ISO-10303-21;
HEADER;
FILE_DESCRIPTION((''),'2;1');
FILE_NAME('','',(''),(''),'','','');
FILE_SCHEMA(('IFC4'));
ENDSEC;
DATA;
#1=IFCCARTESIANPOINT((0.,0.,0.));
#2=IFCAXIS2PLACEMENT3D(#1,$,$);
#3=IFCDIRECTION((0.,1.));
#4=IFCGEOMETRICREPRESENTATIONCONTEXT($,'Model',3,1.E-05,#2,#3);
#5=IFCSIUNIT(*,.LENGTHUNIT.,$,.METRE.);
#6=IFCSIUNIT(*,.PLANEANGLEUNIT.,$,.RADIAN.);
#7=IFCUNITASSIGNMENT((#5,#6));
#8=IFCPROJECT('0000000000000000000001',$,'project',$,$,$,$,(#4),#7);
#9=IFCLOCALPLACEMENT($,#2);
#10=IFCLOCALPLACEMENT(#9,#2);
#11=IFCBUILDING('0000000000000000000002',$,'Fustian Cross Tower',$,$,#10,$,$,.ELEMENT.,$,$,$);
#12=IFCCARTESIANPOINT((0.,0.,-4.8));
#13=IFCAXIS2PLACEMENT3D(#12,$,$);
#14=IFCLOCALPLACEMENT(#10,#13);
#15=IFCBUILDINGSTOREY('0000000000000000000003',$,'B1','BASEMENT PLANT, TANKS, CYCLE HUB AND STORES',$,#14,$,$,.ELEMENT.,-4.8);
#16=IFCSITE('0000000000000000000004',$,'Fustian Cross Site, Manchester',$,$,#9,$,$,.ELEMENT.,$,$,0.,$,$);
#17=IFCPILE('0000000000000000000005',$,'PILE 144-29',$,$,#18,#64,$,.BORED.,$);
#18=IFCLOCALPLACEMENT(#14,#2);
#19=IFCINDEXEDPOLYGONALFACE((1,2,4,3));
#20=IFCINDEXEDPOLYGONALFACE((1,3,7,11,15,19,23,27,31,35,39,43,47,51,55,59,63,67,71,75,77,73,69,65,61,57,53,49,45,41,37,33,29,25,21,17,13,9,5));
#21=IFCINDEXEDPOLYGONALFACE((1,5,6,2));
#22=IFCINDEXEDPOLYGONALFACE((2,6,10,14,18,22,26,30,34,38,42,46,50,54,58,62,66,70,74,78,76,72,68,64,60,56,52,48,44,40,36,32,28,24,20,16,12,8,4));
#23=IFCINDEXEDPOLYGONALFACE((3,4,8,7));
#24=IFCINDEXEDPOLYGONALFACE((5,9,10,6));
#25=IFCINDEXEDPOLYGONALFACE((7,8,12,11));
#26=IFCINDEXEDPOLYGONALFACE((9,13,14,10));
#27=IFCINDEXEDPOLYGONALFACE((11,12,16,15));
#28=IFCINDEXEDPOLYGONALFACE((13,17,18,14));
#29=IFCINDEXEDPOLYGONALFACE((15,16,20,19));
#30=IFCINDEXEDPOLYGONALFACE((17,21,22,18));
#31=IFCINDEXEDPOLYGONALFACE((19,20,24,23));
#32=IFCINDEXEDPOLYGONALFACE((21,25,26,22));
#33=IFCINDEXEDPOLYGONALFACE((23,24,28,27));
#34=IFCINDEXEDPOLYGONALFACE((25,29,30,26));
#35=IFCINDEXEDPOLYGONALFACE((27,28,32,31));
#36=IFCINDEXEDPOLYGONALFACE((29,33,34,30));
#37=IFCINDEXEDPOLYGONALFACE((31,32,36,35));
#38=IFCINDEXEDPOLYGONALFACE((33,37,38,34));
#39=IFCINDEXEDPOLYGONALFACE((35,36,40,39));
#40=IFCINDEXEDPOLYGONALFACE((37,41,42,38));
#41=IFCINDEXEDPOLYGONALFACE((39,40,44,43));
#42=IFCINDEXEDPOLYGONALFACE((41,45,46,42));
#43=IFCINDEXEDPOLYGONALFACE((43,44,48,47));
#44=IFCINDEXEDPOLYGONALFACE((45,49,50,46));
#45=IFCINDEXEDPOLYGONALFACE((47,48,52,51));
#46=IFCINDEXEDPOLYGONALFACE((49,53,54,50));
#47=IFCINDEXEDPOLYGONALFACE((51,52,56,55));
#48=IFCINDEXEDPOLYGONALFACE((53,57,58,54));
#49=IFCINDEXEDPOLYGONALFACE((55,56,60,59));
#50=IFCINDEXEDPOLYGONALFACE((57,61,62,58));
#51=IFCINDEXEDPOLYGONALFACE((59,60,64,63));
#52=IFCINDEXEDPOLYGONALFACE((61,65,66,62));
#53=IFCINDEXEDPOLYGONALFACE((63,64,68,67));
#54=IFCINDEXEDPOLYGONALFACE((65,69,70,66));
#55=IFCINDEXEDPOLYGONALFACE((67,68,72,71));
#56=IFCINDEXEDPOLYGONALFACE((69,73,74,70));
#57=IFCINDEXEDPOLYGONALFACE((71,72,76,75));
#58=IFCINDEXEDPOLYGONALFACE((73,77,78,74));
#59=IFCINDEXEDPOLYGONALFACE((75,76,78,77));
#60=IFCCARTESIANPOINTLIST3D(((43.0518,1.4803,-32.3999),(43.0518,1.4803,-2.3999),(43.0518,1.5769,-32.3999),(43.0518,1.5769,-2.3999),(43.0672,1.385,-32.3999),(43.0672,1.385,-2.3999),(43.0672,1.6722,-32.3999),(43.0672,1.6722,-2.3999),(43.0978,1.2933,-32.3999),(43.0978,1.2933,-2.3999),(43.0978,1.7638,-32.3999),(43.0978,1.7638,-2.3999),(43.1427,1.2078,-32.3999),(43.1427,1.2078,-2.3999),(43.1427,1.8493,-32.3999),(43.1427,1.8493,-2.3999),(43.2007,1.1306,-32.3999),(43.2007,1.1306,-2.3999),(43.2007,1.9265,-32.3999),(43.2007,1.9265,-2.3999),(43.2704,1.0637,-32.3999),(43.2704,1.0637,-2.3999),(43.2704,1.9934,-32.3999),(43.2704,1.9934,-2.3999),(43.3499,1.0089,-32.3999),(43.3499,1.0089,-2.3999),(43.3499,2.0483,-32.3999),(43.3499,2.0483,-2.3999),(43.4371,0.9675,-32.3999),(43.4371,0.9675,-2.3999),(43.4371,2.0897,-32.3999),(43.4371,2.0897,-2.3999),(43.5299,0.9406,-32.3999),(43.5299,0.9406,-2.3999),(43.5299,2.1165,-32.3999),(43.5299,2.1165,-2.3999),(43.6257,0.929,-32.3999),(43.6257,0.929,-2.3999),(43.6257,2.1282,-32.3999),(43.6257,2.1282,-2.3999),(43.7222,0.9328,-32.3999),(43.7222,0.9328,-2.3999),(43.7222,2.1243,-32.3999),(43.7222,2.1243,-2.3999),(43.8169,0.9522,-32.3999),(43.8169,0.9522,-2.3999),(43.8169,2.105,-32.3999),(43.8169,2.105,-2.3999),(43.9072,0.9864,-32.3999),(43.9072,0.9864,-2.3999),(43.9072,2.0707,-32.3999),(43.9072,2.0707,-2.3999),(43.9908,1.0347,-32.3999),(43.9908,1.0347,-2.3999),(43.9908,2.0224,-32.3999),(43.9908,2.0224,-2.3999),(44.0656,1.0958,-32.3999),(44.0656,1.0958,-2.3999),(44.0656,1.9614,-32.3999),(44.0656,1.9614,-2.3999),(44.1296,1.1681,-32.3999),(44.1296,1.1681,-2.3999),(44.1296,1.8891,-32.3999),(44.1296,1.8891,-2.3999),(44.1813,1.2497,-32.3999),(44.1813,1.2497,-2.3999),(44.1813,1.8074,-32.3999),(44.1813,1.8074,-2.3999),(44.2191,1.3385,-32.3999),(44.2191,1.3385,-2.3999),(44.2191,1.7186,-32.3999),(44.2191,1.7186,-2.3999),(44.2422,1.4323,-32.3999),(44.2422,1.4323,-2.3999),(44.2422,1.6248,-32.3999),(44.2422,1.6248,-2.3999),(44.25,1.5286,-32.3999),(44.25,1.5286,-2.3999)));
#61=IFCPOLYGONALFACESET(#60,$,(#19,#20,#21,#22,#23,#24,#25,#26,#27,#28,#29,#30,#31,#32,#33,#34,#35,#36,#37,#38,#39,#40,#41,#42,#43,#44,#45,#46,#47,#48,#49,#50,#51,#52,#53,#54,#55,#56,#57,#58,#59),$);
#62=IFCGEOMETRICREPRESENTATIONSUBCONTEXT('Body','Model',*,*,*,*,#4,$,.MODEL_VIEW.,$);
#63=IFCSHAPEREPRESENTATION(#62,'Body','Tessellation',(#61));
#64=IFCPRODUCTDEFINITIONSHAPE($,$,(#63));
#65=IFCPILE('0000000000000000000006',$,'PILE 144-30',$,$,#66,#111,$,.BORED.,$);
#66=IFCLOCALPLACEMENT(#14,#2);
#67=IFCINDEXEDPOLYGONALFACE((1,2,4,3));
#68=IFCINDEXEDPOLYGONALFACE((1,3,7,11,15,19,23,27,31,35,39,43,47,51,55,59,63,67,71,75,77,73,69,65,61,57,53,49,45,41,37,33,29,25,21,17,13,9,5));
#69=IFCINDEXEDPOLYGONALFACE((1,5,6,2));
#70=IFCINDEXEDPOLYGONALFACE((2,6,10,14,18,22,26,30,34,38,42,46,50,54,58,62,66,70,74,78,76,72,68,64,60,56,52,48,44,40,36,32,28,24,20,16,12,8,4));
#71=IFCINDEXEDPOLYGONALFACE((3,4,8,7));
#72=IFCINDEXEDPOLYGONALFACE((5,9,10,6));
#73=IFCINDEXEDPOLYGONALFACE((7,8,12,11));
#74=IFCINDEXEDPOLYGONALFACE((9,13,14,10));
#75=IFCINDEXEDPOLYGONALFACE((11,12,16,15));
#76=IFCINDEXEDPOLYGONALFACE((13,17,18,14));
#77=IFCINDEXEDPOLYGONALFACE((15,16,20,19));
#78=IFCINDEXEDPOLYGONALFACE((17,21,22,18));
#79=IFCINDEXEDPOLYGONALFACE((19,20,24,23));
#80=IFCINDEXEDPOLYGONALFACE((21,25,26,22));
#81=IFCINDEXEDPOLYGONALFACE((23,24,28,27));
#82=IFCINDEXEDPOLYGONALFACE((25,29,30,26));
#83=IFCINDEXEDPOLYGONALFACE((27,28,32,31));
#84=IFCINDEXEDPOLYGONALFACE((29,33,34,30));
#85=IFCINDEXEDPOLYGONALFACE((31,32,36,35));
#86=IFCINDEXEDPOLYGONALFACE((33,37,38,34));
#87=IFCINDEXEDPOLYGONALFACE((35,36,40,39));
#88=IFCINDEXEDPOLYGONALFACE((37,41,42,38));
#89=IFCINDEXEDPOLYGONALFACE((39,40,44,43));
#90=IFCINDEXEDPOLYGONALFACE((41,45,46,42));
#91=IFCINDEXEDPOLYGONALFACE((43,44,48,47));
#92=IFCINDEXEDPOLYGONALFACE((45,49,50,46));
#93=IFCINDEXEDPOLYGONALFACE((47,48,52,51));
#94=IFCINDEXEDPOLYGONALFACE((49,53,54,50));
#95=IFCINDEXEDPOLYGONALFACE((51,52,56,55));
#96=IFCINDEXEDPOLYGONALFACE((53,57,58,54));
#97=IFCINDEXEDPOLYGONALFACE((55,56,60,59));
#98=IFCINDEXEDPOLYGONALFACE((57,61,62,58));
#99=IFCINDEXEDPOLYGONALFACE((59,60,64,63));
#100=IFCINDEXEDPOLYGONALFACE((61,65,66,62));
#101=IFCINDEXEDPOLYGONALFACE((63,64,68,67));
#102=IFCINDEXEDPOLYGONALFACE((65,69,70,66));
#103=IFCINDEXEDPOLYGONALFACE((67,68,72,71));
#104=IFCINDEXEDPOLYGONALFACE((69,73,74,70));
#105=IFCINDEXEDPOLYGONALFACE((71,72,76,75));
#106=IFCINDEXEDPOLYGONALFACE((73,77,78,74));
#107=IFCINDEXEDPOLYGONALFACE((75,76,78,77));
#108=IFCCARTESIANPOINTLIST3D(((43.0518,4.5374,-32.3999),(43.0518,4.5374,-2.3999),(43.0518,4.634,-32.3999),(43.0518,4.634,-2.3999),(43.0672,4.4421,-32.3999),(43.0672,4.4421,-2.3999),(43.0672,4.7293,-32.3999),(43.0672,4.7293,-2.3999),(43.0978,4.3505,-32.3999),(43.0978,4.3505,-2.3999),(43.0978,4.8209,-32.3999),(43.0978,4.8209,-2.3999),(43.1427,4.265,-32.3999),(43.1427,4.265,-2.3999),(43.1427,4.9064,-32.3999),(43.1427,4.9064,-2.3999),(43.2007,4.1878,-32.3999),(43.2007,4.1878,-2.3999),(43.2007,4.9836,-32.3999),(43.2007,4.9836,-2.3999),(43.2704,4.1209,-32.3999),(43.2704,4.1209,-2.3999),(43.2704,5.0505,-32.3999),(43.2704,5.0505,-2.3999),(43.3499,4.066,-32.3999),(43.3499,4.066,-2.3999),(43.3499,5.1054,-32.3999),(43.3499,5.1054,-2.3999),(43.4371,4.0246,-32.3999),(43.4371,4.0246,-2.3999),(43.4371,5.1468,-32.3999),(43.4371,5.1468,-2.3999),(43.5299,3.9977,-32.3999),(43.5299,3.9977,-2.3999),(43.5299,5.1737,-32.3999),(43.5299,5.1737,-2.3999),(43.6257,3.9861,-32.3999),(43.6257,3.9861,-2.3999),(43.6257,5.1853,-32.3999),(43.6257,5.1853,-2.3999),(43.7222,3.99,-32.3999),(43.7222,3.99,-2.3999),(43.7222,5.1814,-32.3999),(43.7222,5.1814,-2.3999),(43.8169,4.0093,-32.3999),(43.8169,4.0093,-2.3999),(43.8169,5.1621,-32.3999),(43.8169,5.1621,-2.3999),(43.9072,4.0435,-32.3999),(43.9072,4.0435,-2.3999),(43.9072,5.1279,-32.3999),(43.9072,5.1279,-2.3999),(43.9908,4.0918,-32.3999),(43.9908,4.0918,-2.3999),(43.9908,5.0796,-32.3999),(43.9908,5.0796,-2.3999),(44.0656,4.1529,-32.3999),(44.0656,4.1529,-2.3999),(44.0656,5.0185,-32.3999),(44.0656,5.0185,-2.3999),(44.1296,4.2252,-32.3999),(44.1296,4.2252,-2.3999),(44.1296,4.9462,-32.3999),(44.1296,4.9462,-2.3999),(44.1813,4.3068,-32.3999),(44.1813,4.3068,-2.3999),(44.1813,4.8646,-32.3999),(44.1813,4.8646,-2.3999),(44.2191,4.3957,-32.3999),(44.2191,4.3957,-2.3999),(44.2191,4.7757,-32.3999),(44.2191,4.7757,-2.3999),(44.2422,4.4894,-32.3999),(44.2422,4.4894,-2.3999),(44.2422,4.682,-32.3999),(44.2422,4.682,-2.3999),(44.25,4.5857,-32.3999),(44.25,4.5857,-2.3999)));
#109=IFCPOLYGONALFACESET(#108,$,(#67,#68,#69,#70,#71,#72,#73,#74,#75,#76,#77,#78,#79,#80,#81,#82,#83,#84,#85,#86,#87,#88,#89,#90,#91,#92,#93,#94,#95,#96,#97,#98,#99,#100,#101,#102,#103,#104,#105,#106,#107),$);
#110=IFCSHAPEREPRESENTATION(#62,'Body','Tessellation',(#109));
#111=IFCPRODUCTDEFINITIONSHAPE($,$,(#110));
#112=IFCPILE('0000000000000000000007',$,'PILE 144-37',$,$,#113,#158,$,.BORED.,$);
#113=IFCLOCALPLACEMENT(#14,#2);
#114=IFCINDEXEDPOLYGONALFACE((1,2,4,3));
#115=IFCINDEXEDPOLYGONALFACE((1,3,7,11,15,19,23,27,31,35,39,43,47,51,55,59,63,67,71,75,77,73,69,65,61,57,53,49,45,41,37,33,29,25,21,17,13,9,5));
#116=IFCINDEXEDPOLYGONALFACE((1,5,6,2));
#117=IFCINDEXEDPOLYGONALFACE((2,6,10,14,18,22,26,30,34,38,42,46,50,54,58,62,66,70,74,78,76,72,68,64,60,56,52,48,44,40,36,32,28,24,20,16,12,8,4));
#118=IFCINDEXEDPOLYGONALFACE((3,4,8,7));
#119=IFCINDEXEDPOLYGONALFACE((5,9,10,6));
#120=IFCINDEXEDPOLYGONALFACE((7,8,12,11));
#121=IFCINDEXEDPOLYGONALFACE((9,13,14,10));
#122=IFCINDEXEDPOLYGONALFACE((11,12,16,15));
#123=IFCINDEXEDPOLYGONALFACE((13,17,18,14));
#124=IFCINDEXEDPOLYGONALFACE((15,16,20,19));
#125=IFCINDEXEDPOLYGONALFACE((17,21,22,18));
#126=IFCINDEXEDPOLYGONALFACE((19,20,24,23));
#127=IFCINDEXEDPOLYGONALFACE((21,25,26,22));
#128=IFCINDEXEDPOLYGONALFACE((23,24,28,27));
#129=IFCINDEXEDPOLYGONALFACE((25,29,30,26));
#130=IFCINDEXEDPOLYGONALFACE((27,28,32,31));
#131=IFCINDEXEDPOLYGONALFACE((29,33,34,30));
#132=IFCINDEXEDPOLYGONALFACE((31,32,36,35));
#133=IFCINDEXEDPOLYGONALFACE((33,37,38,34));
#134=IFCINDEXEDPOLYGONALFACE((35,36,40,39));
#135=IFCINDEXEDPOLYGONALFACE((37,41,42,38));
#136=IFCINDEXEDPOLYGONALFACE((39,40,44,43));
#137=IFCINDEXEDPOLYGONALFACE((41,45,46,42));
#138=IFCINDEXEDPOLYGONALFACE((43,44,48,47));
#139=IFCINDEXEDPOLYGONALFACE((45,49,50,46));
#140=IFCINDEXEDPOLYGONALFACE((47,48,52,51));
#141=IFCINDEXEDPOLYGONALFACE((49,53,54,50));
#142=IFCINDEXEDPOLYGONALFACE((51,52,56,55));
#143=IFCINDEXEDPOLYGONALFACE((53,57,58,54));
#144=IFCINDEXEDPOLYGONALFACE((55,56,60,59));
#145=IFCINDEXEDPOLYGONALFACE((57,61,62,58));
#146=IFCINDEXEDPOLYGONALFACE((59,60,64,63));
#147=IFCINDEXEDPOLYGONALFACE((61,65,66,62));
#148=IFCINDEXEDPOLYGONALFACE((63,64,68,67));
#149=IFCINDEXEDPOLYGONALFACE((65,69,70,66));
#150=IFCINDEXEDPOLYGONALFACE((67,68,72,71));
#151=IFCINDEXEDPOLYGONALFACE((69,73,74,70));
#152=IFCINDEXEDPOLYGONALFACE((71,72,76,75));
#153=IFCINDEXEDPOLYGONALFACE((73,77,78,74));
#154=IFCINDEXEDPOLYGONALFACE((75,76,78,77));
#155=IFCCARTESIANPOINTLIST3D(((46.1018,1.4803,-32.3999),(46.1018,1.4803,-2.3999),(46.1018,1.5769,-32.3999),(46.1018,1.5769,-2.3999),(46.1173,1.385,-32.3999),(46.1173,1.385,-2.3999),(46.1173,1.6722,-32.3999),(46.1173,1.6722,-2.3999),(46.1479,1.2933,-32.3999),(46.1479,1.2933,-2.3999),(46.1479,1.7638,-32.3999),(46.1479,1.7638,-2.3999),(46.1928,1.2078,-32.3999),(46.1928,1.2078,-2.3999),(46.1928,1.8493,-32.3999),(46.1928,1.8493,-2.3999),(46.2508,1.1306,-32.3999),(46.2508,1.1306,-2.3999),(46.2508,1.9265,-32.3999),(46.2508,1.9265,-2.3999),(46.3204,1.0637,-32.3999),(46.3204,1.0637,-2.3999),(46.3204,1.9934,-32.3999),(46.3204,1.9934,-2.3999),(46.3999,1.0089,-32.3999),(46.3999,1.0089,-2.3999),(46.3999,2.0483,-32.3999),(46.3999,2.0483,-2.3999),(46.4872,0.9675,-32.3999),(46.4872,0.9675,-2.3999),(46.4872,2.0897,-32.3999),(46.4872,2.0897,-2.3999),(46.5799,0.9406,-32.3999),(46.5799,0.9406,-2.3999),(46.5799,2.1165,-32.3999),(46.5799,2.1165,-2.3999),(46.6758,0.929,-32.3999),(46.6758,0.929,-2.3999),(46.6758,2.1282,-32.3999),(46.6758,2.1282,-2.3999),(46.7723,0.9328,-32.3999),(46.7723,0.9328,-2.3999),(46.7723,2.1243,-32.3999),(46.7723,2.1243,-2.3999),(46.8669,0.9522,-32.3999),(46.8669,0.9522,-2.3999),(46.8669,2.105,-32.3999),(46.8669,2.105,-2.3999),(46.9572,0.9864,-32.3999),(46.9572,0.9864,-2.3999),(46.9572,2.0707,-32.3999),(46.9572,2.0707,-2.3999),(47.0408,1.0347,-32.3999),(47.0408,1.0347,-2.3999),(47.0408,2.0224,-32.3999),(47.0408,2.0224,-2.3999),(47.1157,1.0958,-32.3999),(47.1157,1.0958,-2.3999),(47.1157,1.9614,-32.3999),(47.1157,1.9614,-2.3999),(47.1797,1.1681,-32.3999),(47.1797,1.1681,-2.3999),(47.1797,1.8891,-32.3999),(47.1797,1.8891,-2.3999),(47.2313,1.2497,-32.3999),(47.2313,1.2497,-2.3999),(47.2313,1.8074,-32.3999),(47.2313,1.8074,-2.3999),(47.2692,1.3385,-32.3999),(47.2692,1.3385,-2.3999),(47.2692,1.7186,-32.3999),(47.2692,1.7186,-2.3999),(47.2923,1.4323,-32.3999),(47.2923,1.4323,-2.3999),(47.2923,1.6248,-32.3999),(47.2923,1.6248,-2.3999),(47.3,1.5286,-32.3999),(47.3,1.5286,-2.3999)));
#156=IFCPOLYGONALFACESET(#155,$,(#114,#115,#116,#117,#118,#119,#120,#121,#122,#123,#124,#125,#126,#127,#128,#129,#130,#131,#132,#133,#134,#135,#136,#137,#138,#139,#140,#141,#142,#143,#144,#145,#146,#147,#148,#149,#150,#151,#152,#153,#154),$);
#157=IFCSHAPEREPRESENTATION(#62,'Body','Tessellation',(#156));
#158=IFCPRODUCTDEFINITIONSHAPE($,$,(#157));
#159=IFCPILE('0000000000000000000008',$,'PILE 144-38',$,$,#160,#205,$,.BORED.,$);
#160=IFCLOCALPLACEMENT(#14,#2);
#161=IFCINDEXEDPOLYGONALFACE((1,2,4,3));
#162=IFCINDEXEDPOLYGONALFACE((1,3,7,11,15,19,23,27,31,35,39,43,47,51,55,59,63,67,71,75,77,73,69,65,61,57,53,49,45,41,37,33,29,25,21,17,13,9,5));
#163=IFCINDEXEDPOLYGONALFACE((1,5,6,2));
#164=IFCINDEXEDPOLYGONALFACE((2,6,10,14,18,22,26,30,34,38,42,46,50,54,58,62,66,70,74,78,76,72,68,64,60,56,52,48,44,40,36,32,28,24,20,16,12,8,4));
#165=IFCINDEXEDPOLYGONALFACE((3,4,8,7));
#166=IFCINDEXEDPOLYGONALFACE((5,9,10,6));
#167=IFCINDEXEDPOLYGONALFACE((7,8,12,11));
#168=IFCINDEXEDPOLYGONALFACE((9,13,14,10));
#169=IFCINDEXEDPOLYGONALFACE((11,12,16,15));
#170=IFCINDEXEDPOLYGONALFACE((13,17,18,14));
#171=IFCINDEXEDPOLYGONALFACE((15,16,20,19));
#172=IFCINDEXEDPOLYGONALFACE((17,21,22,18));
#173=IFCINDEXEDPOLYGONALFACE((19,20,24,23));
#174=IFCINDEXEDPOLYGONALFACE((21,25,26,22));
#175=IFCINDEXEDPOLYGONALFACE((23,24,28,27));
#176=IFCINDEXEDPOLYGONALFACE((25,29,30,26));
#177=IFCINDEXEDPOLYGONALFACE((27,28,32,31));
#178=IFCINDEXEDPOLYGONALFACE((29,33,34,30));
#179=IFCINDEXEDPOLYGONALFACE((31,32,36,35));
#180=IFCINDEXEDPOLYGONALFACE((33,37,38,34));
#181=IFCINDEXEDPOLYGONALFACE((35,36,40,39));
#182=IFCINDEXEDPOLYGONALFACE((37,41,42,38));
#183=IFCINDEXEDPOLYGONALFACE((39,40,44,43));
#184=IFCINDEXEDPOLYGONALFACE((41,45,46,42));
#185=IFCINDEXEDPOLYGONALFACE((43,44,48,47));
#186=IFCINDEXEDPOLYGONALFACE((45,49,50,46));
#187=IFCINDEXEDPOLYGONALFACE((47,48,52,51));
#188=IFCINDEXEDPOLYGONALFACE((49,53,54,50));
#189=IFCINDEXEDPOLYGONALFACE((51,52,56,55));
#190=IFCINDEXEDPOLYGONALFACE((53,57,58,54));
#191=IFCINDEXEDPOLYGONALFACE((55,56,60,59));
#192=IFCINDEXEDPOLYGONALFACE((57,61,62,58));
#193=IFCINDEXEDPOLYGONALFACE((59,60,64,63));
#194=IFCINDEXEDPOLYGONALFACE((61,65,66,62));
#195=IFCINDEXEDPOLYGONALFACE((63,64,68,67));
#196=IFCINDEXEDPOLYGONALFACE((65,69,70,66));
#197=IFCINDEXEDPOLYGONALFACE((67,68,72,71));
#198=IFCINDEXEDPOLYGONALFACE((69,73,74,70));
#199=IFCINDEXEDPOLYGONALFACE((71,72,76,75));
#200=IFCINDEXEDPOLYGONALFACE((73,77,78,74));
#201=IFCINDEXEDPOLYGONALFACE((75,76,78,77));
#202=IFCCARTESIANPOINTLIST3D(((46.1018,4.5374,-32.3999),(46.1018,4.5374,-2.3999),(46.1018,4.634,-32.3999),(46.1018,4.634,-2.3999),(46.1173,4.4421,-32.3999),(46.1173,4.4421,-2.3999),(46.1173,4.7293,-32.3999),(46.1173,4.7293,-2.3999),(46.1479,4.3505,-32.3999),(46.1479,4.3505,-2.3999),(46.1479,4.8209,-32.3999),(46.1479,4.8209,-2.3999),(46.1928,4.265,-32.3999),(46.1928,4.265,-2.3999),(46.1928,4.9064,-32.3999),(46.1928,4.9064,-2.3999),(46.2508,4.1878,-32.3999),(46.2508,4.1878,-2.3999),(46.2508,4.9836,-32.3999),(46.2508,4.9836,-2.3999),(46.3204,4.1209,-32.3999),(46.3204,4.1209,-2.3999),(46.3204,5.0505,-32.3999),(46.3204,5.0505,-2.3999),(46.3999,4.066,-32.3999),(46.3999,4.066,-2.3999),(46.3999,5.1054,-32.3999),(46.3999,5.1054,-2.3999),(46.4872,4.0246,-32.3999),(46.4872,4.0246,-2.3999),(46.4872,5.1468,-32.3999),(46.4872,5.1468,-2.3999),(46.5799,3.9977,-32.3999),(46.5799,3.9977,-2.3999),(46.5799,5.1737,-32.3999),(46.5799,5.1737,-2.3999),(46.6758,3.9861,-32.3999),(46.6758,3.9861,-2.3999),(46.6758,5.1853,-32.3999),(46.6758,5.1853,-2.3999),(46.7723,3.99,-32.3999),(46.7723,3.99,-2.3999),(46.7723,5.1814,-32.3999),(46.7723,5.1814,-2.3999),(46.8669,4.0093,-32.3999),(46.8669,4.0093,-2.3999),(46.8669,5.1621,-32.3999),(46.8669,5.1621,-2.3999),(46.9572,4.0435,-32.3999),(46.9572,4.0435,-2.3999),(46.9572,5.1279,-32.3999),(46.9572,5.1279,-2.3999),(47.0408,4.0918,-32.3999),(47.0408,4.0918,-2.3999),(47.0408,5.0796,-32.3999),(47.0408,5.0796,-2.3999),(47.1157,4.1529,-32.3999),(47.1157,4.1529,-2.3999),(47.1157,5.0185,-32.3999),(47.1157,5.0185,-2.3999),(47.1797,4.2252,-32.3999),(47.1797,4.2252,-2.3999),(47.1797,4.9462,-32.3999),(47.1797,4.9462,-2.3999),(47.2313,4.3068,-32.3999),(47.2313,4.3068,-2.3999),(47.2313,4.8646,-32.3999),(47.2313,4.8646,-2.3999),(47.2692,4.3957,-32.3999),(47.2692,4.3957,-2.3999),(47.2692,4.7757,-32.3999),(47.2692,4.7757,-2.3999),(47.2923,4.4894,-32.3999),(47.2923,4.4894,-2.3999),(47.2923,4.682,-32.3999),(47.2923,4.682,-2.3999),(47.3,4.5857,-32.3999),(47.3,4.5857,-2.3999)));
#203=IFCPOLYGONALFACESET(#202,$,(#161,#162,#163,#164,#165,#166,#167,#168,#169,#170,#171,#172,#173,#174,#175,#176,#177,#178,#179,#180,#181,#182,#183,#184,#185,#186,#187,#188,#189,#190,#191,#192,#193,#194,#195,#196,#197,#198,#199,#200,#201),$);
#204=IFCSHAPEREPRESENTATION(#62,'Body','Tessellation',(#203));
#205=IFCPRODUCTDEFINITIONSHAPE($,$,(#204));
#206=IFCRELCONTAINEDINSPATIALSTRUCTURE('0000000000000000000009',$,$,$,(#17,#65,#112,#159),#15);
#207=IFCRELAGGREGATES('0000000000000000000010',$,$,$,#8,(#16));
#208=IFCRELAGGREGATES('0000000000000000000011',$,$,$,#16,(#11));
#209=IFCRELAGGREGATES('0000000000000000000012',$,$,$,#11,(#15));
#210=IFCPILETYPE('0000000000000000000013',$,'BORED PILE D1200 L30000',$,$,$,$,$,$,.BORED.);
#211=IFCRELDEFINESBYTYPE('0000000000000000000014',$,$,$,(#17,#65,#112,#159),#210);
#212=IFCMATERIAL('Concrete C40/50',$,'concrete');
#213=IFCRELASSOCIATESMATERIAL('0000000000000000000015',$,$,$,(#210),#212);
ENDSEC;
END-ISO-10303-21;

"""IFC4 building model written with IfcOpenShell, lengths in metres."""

from ifc_helpers import new_model, si_unit, direction, frame, origin, origin_2d, place, context, subcontext, project, spatial, circle, extrude, material, material_profile, profile_set, type_object, element, save


model = new_model("IFC4")

# Units and contexts
model_context = context("Model", 3, precision=1e-05, world=origin(), true_north=direction((0.0, 1.0)))
body_context = subcontext(model_context, "Body", "Model", "MODEL_VIEW")
ifc_project = project(units=[si_unit("LENGTHUNIT", "METRE"), si_unit("PLANEANGLEUNIT", "RADIAN")], contexts=[model_context])

# Site, building, storey
site_placement = place(None, origin())
site = spatial("IfcSite", under=ifc_project, at=site_placement, Name="Fustian Cross Site, Manchester", CompositionType="ELEMENT", RefElevation=0.0)
building_placement = place(site_placement, origin())
building = spatial("IfcBuilding", under=site, at=building_placement, Name="Fustian Cross Tower", CompositionType="ELEMENT")
storey_placement = place(building_placement, frame((0.0, 0.0, -4.8)))
storey = spatial("IfcBuildingStorey", under=building, at=storey_placement, Name="B1", Description="BASEMENT PLANT, TANKS, CYCLE HUB AND STORES", CompositionType="ELEMENT", Elevation=-4.8)

# Piles
ifc_material_1 = material(Name="Concrete C40/50", Category="concrete")
ifc_material_profile_1 = material_profile(ifc_material_1, circle(Radius=0.6001, at=origin_2d()), Name="BORED PILE D1200 L30000")
ifc_profile_set_1 = profile_set([ifc_material_profile_1], Name="Concrete C40/50")
pile_type_1 = type_object("IfcPileType", Name="BORED PILE D1200 L30000", PredefinedType="BORED", material=ifc_profile_set_1)
for number, where, z_axis, x_axis, name in (
    (1, (43.6499, 1.5286, -2.3999), (0.0, 0.0, -1.0), (1.0, 0.0, 0.0), "PILE 144-29"),
    (2, (43.6499, 4.5857, -2.3999), (0.0, 0.0, -1.0), (1.0, 0.0, 0.0), "PILE 144-30"),
    (3, (46.7, 1.5286, -2.3999), (0.0, 0.0, -1.0), (1.0, 0.0, 0.0), "PILE 144-37"),
    (4, (46.7, 4.5857, -2.3999), (0.0, 0.0, -1.0), (1.0, 0.0, 0.0), "PILE 144-38"),
):
    element("IfcPile", number, at=place(storey_placement, frame(where, z_axis=z_axis, x_axis=x_axis)), inside=storey, type_object=pile_type_1, Name=name, PredefinedType="BORED", context=body_context, shape_type="SweptSolid", body=[
        extrude(circle(Radius=0.6001, at=origin_2d()), origin(), (0.0, 0.0, 1.0), 30.0),
    ])

save(model, "model.ifc")
